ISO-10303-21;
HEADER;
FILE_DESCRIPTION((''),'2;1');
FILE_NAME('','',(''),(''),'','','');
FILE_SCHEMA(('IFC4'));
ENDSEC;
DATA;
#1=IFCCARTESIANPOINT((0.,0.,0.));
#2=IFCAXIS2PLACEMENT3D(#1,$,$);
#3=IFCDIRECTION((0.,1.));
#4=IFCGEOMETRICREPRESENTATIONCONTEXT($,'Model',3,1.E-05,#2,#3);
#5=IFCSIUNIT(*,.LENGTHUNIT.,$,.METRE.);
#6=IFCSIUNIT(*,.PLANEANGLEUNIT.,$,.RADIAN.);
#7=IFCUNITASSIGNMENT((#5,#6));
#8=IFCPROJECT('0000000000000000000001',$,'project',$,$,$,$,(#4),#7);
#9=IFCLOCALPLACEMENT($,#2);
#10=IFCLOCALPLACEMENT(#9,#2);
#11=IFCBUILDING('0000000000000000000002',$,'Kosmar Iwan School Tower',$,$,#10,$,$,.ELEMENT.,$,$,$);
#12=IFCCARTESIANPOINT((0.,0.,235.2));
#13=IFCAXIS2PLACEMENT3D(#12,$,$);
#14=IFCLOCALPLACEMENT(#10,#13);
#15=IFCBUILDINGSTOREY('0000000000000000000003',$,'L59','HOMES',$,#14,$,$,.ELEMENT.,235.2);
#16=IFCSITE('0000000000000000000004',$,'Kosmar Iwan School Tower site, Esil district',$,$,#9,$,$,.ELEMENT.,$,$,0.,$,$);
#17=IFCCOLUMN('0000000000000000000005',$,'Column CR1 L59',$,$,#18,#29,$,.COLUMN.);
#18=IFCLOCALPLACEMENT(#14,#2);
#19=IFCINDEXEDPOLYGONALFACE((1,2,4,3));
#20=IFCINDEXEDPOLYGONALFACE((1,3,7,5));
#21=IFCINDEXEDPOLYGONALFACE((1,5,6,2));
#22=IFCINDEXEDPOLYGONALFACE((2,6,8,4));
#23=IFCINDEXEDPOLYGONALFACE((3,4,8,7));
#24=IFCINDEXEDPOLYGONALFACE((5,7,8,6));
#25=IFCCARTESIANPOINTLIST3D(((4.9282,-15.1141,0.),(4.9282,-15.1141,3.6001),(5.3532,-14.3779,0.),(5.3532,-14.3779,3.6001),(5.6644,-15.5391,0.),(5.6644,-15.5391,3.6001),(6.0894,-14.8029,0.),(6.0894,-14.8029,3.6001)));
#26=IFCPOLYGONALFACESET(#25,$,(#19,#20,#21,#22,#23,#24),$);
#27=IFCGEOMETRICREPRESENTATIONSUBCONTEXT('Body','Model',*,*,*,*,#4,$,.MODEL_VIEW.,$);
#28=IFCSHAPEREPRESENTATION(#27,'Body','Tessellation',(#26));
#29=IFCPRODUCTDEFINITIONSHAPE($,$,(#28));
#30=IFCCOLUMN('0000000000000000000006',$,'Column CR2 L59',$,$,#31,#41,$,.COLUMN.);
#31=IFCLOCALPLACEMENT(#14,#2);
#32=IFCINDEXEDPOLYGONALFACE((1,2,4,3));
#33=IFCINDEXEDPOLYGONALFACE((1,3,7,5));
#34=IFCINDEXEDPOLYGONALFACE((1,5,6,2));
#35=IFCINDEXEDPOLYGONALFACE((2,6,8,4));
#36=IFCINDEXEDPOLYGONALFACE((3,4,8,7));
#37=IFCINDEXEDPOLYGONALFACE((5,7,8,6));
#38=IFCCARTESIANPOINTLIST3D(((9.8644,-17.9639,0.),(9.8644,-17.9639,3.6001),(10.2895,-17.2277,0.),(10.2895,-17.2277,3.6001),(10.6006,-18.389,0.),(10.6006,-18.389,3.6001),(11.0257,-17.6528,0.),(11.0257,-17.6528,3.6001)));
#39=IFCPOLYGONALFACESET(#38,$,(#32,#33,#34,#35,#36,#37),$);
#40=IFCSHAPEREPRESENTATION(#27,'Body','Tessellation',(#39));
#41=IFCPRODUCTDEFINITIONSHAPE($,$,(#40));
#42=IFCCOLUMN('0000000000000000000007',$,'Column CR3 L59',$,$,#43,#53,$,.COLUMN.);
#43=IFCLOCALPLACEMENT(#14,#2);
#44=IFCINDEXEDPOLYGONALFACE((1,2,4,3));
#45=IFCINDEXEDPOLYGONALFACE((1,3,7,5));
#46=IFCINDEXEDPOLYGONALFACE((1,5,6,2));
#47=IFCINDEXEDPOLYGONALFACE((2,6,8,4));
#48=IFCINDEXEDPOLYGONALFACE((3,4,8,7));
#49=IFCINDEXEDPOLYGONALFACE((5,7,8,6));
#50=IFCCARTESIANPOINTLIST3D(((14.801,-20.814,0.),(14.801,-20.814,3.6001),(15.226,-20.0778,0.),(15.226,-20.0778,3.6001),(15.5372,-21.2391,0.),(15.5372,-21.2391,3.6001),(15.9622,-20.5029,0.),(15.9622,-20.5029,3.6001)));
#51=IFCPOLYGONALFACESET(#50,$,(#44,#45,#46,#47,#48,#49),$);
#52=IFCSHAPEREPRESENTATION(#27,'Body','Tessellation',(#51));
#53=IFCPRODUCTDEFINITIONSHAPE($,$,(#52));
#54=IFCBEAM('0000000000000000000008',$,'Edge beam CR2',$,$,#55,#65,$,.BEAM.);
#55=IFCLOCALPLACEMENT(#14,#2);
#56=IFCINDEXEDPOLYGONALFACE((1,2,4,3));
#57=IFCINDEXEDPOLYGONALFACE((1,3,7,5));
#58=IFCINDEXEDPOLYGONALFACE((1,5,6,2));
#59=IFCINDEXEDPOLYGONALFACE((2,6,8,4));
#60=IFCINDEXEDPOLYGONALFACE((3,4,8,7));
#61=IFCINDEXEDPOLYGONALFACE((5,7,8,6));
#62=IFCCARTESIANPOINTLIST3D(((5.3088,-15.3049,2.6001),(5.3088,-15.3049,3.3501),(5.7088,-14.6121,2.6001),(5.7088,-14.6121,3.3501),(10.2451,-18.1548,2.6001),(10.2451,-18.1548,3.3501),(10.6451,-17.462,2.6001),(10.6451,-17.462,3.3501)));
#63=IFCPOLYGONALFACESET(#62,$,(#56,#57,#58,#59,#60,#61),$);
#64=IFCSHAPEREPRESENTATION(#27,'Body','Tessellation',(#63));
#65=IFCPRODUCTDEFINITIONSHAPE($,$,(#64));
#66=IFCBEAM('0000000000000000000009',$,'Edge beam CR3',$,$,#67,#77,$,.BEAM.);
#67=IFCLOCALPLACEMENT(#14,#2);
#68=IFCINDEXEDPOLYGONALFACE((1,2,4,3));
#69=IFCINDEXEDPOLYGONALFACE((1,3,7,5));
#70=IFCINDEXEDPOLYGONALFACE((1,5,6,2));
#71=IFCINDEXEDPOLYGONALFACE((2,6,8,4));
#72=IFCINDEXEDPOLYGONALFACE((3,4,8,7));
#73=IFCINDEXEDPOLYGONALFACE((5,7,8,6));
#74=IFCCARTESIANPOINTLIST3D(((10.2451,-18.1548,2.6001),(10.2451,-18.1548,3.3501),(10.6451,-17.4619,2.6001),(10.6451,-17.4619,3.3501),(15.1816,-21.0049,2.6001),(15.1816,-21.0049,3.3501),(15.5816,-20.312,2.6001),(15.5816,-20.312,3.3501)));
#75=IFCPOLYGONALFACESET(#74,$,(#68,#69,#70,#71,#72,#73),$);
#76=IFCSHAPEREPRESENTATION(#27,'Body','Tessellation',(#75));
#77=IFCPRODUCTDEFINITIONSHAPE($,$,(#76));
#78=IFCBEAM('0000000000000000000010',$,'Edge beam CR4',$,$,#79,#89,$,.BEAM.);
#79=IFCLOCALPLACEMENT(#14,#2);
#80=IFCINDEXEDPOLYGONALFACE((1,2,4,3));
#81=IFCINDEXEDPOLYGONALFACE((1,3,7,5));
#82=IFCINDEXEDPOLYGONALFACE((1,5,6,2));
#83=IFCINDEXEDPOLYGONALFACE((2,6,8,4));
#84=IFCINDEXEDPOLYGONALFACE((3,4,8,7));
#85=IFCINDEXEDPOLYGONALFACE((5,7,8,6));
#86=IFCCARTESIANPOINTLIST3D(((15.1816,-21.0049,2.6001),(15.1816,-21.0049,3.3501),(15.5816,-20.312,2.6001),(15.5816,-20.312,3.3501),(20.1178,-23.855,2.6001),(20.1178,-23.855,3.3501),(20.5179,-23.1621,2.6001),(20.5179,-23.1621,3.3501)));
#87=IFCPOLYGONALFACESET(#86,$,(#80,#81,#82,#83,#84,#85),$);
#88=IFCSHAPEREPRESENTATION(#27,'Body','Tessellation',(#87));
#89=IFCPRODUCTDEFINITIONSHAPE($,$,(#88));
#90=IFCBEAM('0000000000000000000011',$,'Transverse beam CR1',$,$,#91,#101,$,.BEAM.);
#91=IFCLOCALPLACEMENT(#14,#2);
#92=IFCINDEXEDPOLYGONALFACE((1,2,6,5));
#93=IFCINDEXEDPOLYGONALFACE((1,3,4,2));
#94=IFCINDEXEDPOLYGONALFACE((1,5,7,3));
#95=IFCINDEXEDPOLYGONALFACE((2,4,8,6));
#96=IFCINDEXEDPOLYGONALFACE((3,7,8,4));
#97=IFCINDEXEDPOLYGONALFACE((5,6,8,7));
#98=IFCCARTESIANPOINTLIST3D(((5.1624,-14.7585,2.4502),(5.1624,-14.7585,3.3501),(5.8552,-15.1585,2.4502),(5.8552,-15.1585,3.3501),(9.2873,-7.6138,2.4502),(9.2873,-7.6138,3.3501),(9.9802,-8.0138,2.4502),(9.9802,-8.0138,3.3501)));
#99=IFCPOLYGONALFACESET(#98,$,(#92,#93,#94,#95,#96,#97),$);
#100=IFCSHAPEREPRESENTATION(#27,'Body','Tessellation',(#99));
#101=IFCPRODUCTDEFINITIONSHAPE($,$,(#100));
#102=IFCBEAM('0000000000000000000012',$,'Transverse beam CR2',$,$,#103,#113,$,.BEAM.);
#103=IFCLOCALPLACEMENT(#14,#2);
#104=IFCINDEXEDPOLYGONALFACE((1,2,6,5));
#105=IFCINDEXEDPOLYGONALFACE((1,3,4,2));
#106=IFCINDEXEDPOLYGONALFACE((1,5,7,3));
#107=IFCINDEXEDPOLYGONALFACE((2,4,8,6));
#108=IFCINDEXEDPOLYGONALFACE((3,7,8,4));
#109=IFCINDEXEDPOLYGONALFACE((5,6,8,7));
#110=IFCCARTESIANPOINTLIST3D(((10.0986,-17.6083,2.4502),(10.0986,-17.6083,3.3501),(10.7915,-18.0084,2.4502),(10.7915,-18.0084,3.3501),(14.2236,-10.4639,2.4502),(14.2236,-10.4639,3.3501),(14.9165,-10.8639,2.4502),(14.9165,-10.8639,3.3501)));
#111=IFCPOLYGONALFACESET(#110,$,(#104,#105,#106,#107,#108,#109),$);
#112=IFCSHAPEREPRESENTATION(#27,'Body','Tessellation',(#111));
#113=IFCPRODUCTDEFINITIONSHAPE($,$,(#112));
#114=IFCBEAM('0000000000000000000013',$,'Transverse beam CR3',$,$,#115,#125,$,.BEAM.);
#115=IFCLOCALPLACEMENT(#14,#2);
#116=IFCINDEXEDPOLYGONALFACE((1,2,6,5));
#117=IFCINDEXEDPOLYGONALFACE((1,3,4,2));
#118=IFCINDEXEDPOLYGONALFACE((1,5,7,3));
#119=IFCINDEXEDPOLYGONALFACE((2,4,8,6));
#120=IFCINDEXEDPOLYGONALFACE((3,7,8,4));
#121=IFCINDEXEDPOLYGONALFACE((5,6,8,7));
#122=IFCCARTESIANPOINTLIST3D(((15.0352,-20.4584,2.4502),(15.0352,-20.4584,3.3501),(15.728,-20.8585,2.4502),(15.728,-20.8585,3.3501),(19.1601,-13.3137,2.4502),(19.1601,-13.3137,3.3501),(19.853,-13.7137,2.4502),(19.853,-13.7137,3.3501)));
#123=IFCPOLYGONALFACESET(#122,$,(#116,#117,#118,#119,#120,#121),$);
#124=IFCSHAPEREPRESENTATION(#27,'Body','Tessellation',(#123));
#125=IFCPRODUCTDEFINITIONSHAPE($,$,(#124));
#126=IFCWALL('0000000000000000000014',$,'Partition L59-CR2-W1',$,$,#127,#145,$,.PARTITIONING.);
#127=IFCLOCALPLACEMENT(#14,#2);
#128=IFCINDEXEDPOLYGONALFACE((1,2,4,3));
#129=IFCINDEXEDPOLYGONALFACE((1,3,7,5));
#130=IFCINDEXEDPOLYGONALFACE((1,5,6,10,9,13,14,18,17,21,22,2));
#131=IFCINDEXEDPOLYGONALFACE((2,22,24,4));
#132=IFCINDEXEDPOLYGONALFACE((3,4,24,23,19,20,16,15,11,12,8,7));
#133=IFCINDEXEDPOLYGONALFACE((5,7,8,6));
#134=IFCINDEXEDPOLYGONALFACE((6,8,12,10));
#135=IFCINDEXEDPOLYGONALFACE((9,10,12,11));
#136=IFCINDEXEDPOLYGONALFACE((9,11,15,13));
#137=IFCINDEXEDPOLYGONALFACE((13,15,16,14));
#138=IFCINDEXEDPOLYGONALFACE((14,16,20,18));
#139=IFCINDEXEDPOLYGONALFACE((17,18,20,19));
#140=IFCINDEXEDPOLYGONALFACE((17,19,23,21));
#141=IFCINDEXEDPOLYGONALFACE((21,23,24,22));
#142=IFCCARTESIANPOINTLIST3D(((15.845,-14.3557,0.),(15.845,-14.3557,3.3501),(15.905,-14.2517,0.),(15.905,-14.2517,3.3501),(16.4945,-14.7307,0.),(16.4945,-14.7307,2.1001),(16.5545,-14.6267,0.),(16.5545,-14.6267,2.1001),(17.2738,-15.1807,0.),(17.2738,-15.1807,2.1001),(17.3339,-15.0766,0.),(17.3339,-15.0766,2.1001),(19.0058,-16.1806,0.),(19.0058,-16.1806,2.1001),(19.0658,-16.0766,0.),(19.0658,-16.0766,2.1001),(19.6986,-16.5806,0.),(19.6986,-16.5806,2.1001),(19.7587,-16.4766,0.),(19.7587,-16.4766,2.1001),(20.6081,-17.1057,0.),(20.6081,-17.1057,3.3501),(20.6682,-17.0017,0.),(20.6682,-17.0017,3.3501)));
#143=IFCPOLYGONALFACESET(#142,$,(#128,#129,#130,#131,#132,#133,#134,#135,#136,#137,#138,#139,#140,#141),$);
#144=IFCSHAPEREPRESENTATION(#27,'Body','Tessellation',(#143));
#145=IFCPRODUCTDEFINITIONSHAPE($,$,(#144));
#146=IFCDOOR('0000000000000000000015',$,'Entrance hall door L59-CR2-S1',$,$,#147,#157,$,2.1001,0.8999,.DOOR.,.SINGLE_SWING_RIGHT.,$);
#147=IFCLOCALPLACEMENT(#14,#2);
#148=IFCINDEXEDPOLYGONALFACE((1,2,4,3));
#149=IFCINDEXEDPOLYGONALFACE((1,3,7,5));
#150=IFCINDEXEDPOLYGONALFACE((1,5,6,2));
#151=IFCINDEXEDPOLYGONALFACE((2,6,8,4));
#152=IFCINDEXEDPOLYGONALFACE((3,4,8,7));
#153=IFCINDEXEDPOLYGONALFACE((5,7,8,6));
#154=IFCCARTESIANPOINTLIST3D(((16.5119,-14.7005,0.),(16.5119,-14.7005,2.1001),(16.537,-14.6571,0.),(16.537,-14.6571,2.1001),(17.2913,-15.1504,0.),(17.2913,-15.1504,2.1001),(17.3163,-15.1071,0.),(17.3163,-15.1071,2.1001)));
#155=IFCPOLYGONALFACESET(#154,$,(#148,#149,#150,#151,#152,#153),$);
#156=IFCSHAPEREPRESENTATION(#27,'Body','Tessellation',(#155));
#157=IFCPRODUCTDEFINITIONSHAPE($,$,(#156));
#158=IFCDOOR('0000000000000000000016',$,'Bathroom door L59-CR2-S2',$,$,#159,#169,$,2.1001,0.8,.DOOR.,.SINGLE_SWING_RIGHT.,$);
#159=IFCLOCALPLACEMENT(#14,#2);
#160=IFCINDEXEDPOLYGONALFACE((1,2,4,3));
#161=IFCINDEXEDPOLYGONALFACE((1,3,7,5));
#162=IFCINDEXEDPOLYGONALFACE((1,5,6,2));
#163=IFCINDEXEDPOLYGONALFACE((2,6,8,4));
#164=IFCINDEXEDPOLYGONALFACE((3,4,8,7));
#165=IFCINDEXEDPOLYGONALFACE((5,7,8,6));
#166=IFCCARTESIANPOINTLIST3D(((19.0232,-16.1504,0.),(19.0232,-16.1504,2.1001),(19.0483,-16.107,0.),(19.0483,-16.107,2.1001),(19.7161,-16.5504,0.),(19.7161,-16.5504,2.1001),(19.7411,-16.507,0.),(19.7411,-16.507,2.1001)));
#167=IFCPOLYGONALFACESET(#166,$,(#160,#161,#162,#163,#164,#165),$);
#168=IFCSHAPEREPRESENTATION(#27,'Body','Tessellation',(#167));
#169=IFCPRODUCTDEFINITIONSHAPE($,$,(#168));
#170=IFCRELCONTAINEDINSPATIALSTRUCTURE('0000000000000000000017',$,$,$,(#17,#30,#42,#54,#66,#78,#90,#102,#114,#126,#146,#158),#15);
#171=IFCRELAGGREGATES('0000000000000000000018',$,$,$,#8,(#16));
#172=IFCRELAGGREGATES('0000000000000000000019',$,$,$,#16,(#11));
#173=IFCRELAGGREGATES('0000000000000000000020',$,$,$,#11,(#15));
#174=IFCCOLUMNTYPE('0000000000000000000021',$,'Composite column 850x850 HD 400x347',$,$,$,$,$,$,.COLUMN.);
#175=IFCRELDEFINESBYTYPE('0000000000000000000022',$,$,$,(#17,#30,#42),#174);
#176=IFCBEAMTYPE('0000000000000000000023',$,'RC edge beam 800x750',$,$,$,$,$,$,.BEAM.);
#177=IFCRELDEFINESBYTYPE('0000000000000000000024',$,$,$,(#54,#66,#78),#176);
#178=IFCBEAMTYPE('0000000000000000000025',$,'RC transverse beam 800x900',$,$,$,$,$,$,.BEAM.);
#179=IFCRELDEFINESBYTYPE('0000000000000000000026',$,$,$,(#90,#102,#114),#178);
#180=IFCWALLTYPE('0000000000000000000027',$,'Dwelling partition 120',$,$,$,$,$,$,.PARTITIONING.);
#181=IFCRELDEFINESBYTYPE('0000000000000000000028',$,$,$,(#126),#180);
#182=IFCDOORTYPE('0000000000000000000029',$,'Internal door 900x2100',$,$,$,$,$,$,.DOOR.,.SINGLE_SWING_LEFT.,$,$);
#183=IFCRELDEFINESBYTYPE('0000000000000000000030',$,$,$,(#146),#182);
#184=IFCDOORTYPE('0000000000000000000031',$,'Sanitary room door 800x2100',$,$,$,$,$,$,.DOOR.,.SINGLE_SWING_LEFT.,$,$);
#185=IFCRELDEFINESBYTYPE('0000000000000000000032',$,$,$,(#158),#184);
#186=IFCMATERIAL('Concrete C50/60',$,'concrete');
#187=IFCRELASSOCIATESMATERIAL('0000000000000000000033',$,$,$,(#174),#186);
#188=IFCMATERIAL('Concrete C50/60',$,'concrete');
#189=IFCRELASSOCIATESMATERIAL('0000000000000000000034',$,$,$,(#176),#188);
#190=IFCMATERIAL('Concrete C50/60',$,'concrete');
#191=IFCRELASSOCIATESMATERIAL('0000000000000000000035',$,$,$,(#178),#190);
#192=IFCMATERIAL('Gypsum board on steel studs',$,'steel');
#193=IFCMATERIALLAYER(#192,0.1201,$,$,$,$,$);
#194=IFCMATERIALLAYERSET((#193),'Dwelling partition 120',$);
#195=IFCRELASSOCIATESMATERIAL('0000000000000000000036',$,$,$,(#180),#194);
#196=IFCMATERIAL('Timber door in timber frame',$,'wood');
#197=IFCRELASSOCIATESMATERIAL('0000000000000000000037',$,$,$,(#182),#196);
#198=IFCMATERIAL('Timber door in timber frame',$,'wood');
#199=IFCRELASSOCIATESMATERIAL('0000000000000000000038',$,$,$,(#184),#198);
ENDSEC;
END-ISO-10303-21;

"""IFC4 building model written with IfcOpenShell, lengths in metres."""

from ifc_helpers import new_model, si_unit, direction, frame, frame_2d, origin, origin_2d, place, context, subcontext, project, spatial, rectangle, extrude, material, layer, layer_set, material_profile, profile_set, type_object, element, fill, save


model = new_model("IFC4")

# Units and contexts
model_context = context("Model", 3, precision=1e-05, world=origin(), true_north=direction((0.0, 1.0)))
body_context = subcontext(model_context, "Body", "Model", "MODEL_VIEW")
ifc_project = project(units=[si_unit("LENGTHUNIT", "METRE"), si_unit("PLANEANGLEUNIT", "RADIAN")], contexts=[model_context])

# Site, building, storey
site_placement = place(None, origin())
site = spatial("IfcSite", under=ifc_project, at=site_placement, Name="Kosmar Iwan School Tower site, Esil district", CompositionType="ELEMENT", RefElevation=0.0)
building_placement = place(site_placement, origin())
building = spatial("IfcBuilding", under=site, at=building_placement, Name="Kosmar Iwan School Tower", CompositionType="ELEMENT")
storey_placement = place(building_placement, frame((0.0, 0.0, 235.2)))
storey = spatial("IfcBuildingStorey", under=building, at=storey_placement, Name="L59", Description="HOMES", CompositionType="ELEMENT", Elevation=235.2)

# Columns
ifc_material_1 = material(Name="Concrete C50/60", Category="concrete")
ifc_material_profile_1 = material_profile(ifc_material_1, rectangle(XDim=0.8501, YDim=0.8501, at=origin_2d()), Name="RC 850x850 + HD 400x347")
ifc_profile_set_1 = profile_set([ifc_material_profile_1], Name="Concrete C50/60")
column_type = type_object("IfcColumnType", Name="Composite column 850x850 HD 400x347", PredefinedType="COLUMN", material=ifc_profile_set_1)
for number, where, z_axis, x_axis, name in (
    (1, (5.5088, -14.9585, 0.0), (0.0, 0.0, 1.0), (0.866025, -0.5, 0.0), "Column CR1 L59"),
    (2, (10.4451, -17.8083, 0.0), (0.0, 0.0, 1.0), (0.866025, -0.5, 0.0), "Column CR2 L59"),
    (3, (15.3816, -20.6584, 0.0), (0.0, 0.0, 1.0), (0.866025, -0.5, 0.0), "Column CR3 L59"),
):
    element("IfcColumn", number, at=place(storey_placement, frame(where, z_axis=z_axis, x_axis=x_axis)), inside=storey, type_object=column_type, Name=name, PredefinedType="COLUMN", context=body_context, shape_type="SweptSolid", body=[
        extrude(rectangle(XDim=0.8501, YDim=0.8501, at=origin_2d()), origin(), (0.0, 0.0, 1.0), 3.6001),
    ])

# Beams
ifc_material_2 = material(Name="Concrete C50/60", Category="concrete")
ifc_material_profile_2 = material_profile(ifc_material_2, rectangle(XDim=0.8, YDim=0.75, at=origin_2d()), Name="RC 800x750")
ifc_profile_set_2 = profile_set([ifc_material_profile_2], Name="Concrete C50/60")
beam_type_1 = type_object("IfcBeamType", Name="RC edge beam 800x750", PredefinedType="BEAM", material=ifc_profile_set_2)
beam_1_placement = place(storey_placement, frame((5.5088, -14.9585, 2.9751), z_axis=(0.866034, -0.499986, 0.0), x_axis=(0.499986, 0.866034, 0.0)))
element("IfcBeam", 4, at=beam_1_placement, inside=storey, type_object=beam_type_1, Name="Edge beam CR2", PredefinedType="BEAM", context=body_context, shape_type="SweptSolid", body=[
    extrude(rectangle(XDim=0.8, YDim=0.75, at=origin_2d()), origin(), (0.0, 0.0, 1.0), 5.7),
])
beam_2_placement = place(storey_placement, frame((10.4451, -17.8083, 2.9751), z_axis=(0.866026, -0.499999, 0.0), x_axis=(0.499999, 0.866026, 0.0)))
element("IfcBeam", 5, at=beam_2_placement, inside=storey, type_object=beam_type_1, Name="Edge beam CR3", PredefinedType="BEAM", context=body_context, shape_type="SweptSolid", body=[
    extrude(rectangle(XDim=0.8, YDim=0.75, at=origin_2d()), origin(), (0.0, 0.0, 1.0), 5.7002),
])
beam_3_placement = place(storey_placement, frame((15.3816, -20.6584, 2.9751), z_axis=(0.866015, -0.500018, 0.0), x_axis=(0.500018, 0.866015, 0.0)))
element("IfcBeam", 6, at=beam_3_placement, inside=storey, type_object=beam_type_1, Name="Edge beam CR4", PredefinedType="BEAM", context=body_context, shape_type="SweptSolid", body=[
    extrude(rectangle(XDim=0.8, YDim=0.75, at=origin_2d()), origin(), (0.0, 0.0, 1.0), 5.7),
])
ifc_material_3 = material(Name="Concrete C50/60", Category="concrete")
ifc_material_profile_3 = material_profile(ifc_material_3, rectangle(XDim=0.8, YDim=0.8999, at=origin_2d()), Name="RC 800x900")
ifc_profile_set_3 = profile_set([ifc_material_profile_3], Name="Concrete C50/60")
beam_type_2 = type_object("IfcBeamType", Name="RC transverse beam 800x900", PredefinedType="BEAM", material=ifc_profile_set_3)
beam_4_placement = place(storey_placement, frame((5.5088, -14.9585, 2.9001), z_axis=(0.499997, 0.866027, 0.0), x_axis=(-0.866027, 0.499997, 0.0)))
element("IfcBeam", 7, at=beam_4_placement, inside=storey, type_object=beam_type_2, Name="Transverse beam CR1", PredefinedType="BEAM", context=body_context, shape_type="SweptSolid", body=[
    extrude(rectangle(XDim=0.8, YDim=0.8999, at=origin_2d()), origin(), (0.0, 0.0, 1.0), 8.25),
])
beam_5_placement = place(storey_placement, frame((10.4451, -17.8083, 2.9001), z_axis=(0.500009, 0.86602, 0.0), x_axis=(-0.86602, 0.500009, 0.0)))
element("IfcBeam", 8, at=beam_5_placement, inside=storey, type_object=beam_type_2, Name="Transverse beam CR2", PredefinedType="BEAM", context=body_context, shape_type="SweptSolid", body=[
    extrude(rectangle(XDim=0.8, YDim=0.8999, at=origin_2d()), origin(), (0.0, 0.0, 1.0), 8.2498),
])
beam_6_placement = place(storey_placement, frame((15.3816, -20.6584, 2.9001), z_axis=(0.499997, 0.866027, 0.0), x_axis=(-0.866027, 0.499997, 0.0)))
element("IfcBeam", 9, at=beam_6_placement, inside=storey, type_object=beam_type_2, Name="Transverse beam CR3", PredefinedType="BEAM", context=body_context, shape_type="SweptSolid", body=[
    extrude(rectangle(XDim=0.8, YDim=0.8999, at=origin_2d()), origin(), (0.0, 0.0, 1.0), 8.25),
])

# Wall, openings, doors
ifc_material_4 = material(Name="Gypsum board on steel studs", Category="steel")
ifc_layer = layer(ifc_material_4, 0.1201)
ifc_layer_set = layer_set([ifc_layer], Name="Dwelling partition 120")
wall_type = type_object("IfcWallType", Name="Dwelling partition 120", PredefinedType="PARTITIONING", material=ifc_layer_set)
wall_1_placement = place(storey_placement, frame((15.875, -14.3037, 0.0), z_axis=(0.0, 0.0, 1.0), x_axis=(0.866027, -0.499997, 0.0)))
wall_1 = element("IfcWall", 10, at=wall_1_placement, inside=storey, type_object=wall_type, Name="Partition L59-CR2-W1", PredefinedType="PARTITIONING", context=body_context, shape_type="SweptSolid", body=[
    extrude(rectangle(XDim=5.5, YDim=0.1201, at=frame_2d((2.75, 0.0))), origin(), (0.0, 0.0, 1.0), 3.3501),
])
opening_1_placement = place(wall_1_placement, frame((0.75, 0.0, 0.0)))
opening_1 = element("IfcOpeningElement", 11, at=opening_1_placement, cuts=wall_1, PredefinedType="OPENING", context=body_context, shape_type="SweptSolid", body=[
    extrude(rectangle(XDim=0.8999, YDim=2.1001, at=frame_2d((0.45, 1.05))), frame((0.0, 0.072, 0.0), z_axis=(0.0, -1.0, 0.0), x_axis=(1.0, 0.0, 0.0)), (0.0, 0.0, 1.0), 0.144),
])
opening_2_placement = place(wall_1_placement, frame((3.6499, 0.0, 0.0)))
opening_2 = element("IfcOpeningElement", 12, at=opening_2_placement, cuts=wall_1, PredefinedType="OPENING", context=body_context, shape_type="SweptSolid", body=[
    extrude(rectangle(XDim=0.8, YDim=2.1001, at=frame_2d((0.3999, 1.05))), frame((0.0, 0.072, 0.0), z_axis=(0.0, -1.0, 0.0), x_axis=(1.0, 0.0, 0.0)), (0.0, 0.0, 1.0), 0.144),
])
ifc_material_5 = material(Name="Timber door in timber frame", Category="wood")
door_type_1 = type_object("IfcDoorType", Name="Internal door 900x2100", OperationType="SINGLE_SWING_LEFT", PredefinedType="DOOR", material=ifc_material_5)
door_1_placement = place(opening_1_placement, origin())
door_1 = element("IfcDoor", 13, at=door_1_placement, inside=storey, type_object=door_type_1, Name="Entrance hall door L59-CR2-S1", OperationType="SINGLE_SWING_RIGHT", OverallHeight=2.1001, OverallWidth=0.8999, PredefinedType="DOOR", context=body_context, shape_type="SweptSolid", body=[
    extrude(rectangle(XDim=0.8999, YDim=2.1001, at=frame_2d((0.45, 1.05))), frame((0.0, 0.0249, 0.0), z_axis=(0.0, -1.0, 0.0), x_axis=(1.0, 0.0, 0.0)), (0.0, 0.0, 1.0), 0.05),
])
fill(opening_1, door_1)
ifc_material_6 = material(Name="Timber door in timber frame", Category="wood")
door_type_2 = type_object("IfcDoorType", Name="Sanitary room door 800x2100", OperationType="SINGLE_SWING_LEFT", PredefinedType="DOOR", material=ifc_material_6)
door_2_placement = place(opening_2_placement, origin())
door_2 = element("IfcDoor", 14, at=door_2_placement, inside=storey, type_object=door_type_2, Name="Bathroom door L59-CR2-S2", OperationType="SINGLE_SWING_RIGHT", OverallHeight=2.1001, OverallWidth=0.8, PredefinedType="DOOR", context=body_context, shape_type="SweptSolid", body=[
    extrude(rectangle(XDim=0.8, YDim=2.1001, at=frame_2d((0.3999, 1.05))), frame((0.0, 0.0249, 0.0), z_axis=(0.0, -1.0, 0.0), x_axis=(1.0, 0.0, 0.0)), (0.0, 0.0, 1.0), 0.05),
])
fill(opening_2, door_2)

save(model, "model.ifc")
